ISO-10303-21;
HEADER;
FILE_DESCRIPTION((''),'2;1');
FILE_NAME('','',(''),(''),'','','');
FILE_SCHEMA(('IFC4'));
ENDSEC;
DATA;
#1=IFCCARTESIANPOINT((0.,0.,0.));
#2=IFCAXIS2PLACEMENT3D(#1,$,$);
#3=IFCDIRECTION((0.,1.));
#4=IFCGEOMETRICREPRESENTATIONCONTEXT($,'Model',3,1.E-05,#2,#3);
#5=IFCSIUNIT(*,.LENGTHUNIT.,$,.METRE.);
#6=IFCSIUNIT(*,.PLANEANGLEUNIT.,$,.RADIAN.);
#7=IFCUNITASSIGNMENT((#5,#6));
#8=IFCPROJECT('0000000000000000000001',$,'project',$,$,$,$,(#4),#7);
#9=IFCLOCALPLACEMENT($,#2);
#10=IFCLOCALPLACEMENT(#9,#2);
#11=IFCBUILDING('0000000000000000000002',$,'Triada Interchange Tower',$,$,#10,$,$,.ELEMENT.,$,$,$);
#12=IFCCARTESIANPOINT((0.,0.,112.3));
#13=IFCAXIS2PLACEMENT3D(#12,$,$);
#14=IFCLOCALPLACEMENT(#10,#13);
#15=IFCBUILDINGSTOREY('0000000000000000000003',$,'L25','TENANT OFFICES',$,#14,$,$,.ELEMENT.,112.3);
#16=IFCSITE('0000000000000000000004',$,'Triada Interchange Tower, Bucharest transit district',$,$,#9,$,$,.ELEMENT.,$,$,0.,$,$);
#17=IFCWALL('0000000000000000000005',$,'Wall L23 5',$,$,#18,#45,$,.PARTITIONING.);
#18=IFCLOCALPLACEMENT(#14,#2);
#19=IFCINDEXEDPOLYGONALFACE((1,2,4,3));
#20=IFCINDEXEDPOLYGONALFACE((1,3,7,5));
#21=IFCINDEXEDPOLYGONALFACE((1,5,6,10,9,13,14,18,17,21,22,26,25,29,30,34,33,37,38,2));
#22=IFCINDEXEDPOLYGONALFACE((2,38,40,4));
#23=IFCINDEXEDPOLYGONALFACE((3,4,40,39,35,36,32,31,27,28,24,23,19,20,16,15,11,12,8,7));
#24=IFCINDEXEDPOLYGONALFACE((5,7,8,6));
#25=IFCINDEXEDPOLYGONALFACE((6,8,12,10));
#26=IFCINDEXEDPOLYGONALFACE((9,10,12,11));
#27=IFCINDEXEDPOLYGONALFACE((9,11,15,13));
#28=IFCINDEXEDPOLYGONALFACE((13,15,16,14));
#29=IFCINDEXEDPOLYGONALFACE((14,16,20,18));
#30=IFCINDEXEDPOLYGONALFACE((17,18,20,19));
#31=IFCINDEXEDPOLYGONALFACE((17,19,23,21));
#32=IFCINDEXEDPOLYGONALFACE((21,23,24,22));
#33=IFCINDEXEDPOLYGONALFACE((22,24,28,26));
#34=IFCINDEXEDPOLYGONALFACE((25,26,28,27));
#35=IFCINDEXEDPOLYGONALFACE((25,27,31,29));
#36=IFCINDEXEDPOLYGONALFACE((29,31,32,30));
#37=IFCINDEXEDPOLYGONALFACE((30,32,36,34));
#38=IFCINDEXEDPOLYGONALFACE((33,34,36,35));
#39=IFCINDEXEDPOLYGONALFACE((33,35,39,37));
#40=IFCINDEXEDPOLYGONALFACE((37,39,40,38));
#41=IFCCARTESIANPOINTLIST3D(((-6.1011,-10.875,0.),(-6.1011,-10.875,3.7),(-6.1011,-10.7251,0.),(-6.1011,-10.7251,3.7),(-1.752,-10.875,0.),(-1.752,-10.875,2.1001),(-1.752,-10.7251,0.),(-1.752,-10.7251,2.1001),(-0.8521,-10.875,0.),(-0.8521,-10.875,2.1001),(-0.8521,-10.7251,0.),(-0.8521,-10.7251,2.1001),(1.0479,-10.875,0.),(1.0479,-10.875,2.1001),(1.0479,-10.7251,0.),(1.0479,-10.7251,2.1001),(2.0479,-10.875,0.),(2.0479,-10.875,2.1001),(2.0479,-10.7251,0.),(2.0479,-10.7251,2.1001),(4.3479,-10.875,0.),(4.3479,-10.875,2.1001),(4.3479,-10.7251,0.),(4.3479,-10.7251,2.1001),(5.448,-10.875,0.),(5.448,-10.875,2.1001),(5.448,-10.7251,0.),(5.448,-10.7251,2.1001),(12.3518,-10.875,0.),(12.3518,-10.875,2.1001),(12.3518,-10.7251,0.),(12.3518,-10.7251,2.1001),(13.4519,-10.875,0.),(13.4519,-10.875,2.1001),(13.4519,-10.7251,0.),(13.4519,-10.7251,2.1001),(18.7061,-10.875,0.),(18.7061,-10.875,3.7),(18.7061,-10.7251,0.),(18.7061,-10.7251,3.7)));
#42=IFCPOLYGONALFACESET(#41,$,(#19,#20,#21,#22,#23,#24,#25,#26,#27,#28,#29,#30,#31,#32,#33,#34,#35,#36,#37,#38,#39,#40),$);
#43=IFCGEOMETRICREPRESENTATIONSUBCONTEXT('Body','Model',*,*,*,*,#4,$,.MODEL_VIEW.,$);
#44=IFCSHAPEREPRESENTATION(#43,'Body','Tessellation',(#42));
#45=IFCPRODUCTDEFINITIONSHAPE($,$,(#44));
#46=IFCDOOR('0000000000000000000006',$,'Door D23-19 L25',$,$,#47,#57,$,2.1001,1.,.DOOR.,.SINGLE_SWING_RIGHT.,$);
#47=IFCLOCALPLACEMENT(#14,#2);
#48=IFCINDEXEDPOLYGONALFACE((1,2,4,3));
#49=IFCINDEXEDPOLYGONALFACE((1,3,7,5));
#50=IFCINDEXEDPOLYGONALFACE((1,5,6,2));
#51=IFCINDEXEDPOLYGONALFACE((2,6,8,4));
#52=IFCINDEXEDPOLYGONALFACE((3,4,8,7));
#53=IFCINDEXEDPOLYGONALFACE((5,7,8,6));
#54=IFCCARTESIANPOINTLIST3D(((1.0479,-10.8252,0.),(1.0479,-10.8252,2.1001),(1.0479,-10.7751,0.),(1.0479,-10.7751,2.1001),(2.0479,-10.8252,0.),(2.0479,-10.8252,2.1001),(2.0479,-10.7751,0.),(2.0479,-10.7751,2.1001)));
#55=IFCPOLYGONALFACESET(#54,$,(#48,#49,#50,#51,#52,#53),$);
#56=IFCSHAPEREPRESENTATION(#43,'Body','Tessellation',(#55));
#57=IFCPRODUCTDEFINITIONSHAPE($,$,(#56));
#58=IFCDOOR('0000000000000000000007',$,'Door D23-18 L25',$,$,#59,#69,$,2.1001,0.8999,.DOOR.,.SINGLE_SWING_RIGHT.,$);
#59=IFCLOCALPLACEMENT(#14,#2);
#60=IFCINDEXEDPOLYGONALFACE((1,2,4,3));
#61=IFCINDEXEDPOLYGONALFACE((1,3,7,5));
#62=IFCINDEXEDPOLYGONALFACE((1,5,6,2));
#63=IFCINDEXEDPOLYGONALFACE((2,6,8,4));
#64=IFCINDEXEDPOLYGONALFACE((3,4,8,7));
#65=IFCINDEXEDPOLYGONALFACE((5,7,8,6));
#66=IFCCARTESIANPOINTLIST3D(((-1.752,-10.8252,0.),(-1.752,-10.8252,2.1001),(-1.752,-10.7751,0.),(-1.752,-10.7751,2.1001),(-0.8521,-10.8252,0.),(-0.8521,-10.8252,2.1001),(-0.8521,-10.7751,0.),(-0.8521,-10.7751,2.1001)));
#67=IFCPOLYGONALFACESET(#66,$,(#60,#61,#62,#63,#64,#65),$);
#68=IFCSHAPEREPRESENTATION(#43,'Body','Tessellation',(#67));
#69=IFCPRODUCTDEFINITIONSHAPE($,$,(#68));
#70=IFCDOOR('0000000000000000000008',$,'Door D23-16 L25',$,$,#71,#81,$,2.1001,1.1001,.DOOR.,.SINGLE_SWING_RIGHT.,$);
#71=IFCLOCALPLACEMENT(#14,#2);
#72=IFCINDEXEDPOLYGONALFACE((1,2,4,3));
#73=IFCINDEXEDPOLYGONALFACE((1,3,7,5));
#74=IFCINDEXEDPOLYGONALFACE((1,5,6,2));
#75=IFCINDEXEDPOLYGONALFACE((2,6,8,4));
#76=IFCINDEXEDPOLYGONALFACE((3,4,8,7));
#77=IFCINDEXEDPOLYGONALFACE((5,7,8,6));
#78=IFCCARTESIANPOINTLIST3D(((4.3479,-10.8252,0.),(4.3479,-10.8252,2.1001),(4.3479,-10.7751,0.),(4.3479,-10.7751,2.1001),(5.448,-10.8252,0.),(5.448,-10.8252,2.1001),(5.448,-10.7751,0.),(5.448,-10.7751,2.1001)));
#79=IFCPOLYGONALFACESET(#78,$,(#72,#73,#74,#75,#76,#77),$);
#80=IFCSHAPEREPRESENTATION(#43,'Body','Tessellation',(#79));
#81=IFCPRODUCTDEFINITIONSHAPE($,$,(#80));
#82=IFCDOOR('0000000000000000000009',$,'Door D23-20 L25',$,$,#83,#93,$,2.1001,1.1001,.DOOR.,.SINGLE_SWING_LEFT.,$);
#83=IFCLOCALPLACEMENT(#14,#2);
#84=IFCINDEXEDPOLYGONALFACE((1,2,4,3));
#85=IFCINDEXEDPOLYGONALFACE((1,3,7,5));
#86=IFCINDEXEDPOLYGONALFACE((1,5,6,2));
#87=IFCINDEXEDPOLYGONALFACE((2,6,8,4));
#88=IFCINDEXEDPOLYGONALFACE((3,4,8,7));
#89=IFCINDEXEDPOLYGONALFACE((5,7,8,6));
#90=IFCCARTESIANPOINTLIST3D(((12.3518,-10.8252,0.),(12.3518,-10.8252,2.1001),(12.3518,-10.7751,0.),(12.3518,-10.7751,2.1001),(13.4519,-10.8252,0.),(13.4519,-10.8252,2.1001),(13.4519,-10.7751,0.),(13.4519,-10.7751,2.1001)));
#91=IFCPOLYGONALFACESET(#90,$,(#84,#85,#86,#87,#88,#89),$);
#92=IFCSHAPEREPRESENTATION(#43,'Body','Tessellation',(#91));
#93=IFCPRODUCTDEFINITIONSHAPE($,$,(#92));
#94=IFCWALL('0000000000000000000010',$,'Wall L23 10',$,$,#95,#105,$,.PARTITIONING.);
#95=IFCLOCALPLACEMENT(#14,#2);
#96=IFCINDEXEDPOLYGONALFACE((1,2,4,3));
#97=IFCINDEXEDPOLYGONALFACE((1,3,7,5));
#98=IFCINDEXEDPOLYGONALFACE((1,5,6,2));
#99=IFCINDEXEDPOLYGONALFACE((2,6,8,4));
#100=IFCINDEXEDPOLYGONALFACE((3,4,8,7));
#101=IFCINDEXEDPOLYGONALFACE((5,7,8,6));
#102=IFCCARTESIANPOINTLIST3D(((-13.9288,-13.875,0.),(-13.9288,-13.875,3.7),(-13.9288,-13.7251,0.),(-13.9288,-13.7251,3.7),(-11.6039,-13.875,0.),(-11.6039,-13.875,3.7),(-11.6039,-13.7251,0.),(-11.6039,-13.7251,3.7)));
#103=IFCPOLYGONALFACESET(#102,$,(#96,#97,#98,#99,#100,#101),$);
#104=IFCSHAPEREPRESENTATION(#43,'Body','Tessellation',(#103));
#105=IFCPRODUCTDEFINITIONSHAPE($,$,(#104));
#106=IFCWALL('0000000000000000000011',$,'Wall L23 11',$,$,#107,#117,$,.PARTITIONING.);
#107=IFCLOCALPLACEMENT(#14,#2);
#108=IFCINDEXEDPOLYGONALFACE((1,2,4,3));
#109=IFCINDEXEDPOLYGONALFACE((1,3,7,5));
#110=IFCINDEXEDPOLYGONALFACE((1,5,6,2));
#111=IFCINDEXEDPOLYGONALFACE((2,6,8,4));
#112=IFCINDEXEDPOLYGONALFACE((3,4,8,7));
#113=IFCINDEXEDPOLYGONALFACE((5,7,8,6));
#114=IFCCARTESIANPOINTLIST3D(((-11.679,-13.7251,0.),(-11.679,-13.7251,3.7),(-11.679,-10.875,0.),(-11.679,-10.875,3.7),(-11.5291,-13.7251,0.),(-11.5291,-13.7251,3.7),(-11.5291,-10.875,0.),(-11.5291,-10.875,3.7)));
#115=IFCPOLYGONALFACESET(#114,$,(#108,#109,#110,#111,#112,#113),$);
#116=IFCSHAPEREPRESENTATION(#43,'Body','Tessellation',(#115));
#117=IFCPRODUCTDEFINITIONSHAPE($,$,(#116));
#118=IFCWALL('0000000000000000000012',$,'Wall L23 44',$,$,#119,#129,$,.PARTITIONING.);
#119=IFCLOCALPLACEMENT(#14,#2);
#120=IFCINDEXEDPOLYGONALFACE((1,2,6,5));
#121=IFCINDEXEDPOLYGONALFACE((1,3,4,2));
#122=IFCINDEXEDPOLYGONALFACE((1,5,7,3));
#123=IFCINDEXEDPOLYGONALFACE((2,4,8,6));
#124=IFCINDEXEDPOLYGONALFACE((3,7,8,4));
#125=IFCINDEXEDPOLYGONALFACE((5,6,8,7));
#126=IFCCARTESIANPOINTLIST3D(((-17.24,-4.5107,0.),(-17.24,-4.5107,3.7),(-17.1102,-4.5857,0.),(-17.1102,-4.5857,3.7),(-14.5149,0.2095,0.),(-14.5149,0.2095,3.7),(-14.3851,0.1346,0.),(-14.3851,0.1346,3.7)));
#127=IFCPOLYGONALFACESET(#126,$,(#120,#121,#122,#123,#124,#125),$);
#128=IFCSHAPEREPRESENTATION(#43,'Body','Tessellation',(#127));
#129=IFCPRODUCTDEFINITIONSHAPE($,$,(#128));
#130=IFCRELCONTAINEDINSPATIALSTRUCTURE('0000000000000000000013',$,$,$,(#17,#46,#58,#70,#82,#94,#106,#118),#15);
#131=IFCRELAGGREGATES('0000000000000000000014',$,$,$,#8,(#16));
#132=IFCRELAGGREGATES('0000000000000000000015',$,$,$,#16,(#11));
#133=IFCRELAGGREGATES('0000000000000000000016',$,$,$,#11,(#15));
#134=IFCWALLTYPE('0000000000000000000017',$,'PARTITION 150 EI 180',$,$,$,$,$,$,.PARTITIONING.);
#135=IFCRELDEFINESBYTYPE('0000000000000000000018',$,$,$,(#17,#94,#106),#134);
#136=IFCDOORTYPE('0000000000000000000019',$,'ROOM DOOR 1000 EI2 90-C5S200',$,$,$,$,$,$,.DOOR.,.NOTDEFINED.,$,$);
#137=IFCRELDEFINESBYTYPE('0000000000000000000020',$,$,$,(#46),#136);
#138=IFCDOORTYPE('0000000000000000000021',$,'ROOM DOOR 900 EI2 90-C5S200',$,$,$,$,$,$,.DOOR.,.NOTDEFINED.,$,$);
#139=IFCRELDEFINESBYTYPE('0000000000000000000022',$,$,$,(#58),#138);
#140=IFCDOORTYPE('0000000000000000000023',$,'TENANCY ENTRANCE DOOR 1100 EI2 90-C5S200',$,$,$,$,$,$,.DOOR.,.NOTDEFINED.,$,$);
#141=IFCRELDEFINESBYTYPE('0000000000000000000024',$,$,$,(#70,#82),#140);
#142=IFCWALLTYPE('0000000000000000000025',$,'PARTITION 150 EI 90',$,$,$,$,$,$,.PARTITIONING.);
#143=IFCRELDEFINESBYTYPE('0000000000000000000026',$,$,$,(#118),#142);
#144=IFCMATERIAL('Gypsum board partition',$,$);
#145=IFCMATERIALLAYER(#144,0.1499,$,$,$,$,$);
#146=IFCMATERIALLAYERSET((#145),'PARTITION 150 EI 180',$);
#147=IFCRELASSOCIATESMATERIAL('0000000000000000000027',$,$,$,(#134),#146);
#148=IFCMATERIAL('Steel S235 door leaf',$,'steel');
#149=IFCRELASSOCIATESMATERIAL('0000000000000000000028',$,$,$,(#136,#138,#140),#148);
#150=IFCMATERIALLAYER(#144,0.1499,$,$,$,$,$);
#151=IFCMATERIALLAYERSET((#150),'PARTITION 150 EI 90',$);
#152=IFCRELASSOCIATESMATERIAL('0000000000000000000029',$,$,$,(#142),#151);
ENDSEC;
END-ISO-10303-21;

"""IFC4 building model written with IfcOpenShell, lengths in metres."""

from ifc_helpers import new_model, si_unit, direction, frame, frame_2d, origin, place, context, subcontext, project, spatial, rectangle, extrude, material, layer, layer_set, type_object, element, fill, save


model = new_model("IFC4")

# Units and contexts
model_context = context("Model", 3, precision=1e-05, world=origin(), true_north=direction((0.0, 1.0)))
body_context = subcontext(model_context, "Body", "Model", "MODEL_VIEW")
ifc_project = project(units=[si_unit("LENGTHUNIT", "METRE"), si_unit("PLANEANGLEUNIT", "RADIAN")], contexts=[model_context])

# Site, building, storey
site_placement = place(None, origin())
site = spatial("IfcSite", under=ifc_project, at=site_placement, Name="Triada Interchange Tower, Bucharest transit district", CompositionType="ELEMENT", RefElevation=0.0)
building_placement = place(site_placement, origin())
building = spatial("IfcBuilding", under=site, at=building_placement, Name="Triada Interchange Tower", CompositionType="ELEMENT")
storey_placement = place(building_placement, frame((0.0, 0.0, 112.3)))
storey = spatial("IfcBuildingStorey", under=building, at=storey_placement, Name="L25", Description="TENANT OFFICES", CompositionType="ELEMENT", Elevation=112.3)

# Shared definitions
ifc_material_1 = material(Name="Steel S235 door leaf", Category="steel")

# Wall, openings, doors
ifc_material_2 = material(Name="Gypsum board partition")
ifc_layer_1 = layer(ifc_material_2, 0.1499)
ifc_layer_set_1 = layer_set([ifc_layer_1], Name="PARTITION 150 EI 180")
wall_type_1 = type_object("IfcWallType", Name="PARTITION 150 EI 180", PredefinedType="PARTITIONING", material=ifc_layer_set_1)
wall_1_placement = place(storey_placement, frame((-6.1011, -10.8, 0.0), z_axis=(0.0, 0.0, 1.0), x_axis=(1.0, 0.0, 0.0)))
wall_1 = element("IfcWall", 1, at=wall_1_placement, inside=storey, type_object=wall_type_1, Name="Wall L23 5", PredefinedType="PARTITIONING", context=body_context, shape_type="SweptSolid", body=[
    extrude(rectangle(XDim=24.8071, YDim=0.1499, at=frame_2d((12.4036, 0.0))), origin(), (0.0, 0.0, 1.0), 3.7),
])
opening_1_placement = place(wall_1_placement, frame((10.449, 0.0, 0.0)))
opening_1 = element("IfcOpeningElement", 2, at=opening_1_placement, cuts=wall_1, PredefinedType="OPENING", context=body_context, shape_type="SweptSolid", body=[
    extrude(rectangle(XDim=1.1001, YDim=2.1001, at=frame_2d((0.55, 1.05))), frame((0.0, 0.085, 0.0), z_axis=(0.0, -1.0, 0.0), x_axis=(1.0, 0.0, 0.0)), (0.0, 0.0, 1.0), 0.1699),
])
opening_2_placement = place(wall_1_placement, frame((4.3491, 0.0, 0.0)))
opening_2 = element("IfcOpeningElement", 3, at=opening_2_placement, cuts=wall_1, PredefinedType="OPENING", context=body_context, shape_type="SweptSolid", body=[
    extrude(rectangle(XDim=0.8999, YDim=2.1001, at=frame_2d((0.45, 1.05))), frame((0.0, 0.085, 0.0), z_axis=(0.0, -1.0, 0.0), x_axis=(1.0, 0.0, 0.0)), (0.0, 0.0, 1.0), 0.1699),
])
opening_3_placement = place(wall_1_placement, frame((7.1489, 0.0, 0.0)))
opening_3 = element("IfcOpeningElement", 4, at=opening_3_placement, cuts=wall_1, PredefinedType="OPENING", context=body_context, shape_type="SweptSolid", body=[
    extrude(rectangle(XDim=1.0, YDim=2.1001, at=frame_2d((0.5, 1.05))), frame((0.0, 0.085, 0.0), z_axis=(0.0, -1.0, 0.0), x_axis=(1.0, 0.0, 0.0)), (0.0, 0.0, 1.0), 0.1699),
])
opening_4_placement = place(wall_1_placement, frame((18.4529, 0.0, 0.0)))
opening_4 = element("IfcOpeningElement", 5, at=opening_4_placement, cuts=wall_1, PredefinedType="OPENING", context=body_context, shape_type="SweptSolid", body=[
    extrude(rectangle(XDim=1.1001, YDim=2.1001, at=frame_2d((0.55, 1.05))), frame((0.0, 0.085, 0.0), z_axis=(0.0, -1.0, 0.0), x_axis=(1.0, 0.0, 0.0)), (0.0, 0.0, 1.0), 0.1699),
])
door_type_1 = type_object("IfcDoorType", Name="ROOM DOOR 1000 EI2 90-C5S200", OperationType="NOTDEFINED", PredefinedType="DOOR", material=ifc_material_1)
door_1_placement = place(opening_3_placement, origin())
door_1 = element("IfcDoor", 6, at=door_1_placement, inside=storey, type_object=door_type_1, Name="Door D23-19 L25", OperationType="SINGLE_SWING_RIGHT", OverallHeight=2.1001, OverallWidth=1.0, PredefinedType="DOOR", context=body_context, shape_type="SweptSolid", body=[
    extrude(rectangle(XDim=1.0, YDim=2.1001, at=frame_2d((0.5, 1.05))), frame((0.0, 0.0249, 0.0), z_axis=(0.0, -1.0, 0.0), x_axis=(1.0, 0.0, 0.0)), (0.0, 0.0, 1.0), 0.05),
])
fill(opening_3, door_1)
door_type_2 = type_object("IfcDoorType", Name="ROOM DOOR 900 EI2 90-C5S200", OperationType="NOTDEFINED", PredefinedType="DOOR", material=ifc_material_1)
door_2_placement = place(opening_2_placement, origin())
door_2 = element("IfcDoor", 7, at=door_2_placement, inside=storey, type_object=door_type_2, Name="Door D23-18 L25", OperationType="SINGLE_SWING_RIGHT", OverallHeight=2.1001, OverallWidth=0.8999, PredefinedType="DOOR", context=body_context, shape_type="SweptSolid", body=[
    extrude(rectangle(XDim=0.8999, YDim=2.1001, at=frame_2d((0.45, 1.05))), frame((0.0, 0.0249, 0.0), z_axis=(0.0, -1.0, 0.0), x_axis=(1.0, 0.0, 0.0)), (0.0, 0.0, 1.0), 0.05),
])
fill(opening_2, door_2)
door_type_3 = type_object("IfcDoorType", Name="TENANCY ENTRANCE DOOR 1100 EI2 90-C5S200", OperationType="NOTDEFINED", PredefinedType="DOOR", material=ifc_material_1)
door_3_placement = place(opening_1_placement, origin())
door_3 = element("IfcDoor", 8, at=door_3_placement, inside=storey, type_object=door_type_3, Name="Door D23-16 L25", OperationType="SINGLE_SWING_RIGHT", OverallHeight=2.1001, OverallWidth=1.1001, PredefinedType="DOOR", context=body_context, shape_type="SweptSolid", body=[
    extrude(rectangle(XDim=1.1001, YDim=2.1001, at=frame_2d((0.55, 1.05))), frame((0.0, 0.0249, 0.0), z_axis=(0.0, -1.0, 0.0), x_axis=(1.0, 0.0, 0.0)), (0.0, 0.0, 1.0), 0.05),
])
fill(opening_1, door_3)
door_4_placement = place(opening_4_placement, origin())
door_4 = element("IfcDoor", 9, at=door_4_placement, inside=storey, type_object=door_type_3, Name="Door D23-20 L25", OperationType="SINGLE_SWING_LEFT", OverallHeight=2.1001, OverallWidth=1.1001, PredefinedType="DOOR", context=body_context, shape_type="SweptSolid", body=[
    extrude(rectangle(XDim=1.1001, YDim=2.1001, at=frame_2d((0.55, 1.05))), frame((0.0, 0.0249, 0.0), z_axis=(0.0, -1.0, 0.0), x_axis=(1.0, 0.0, 0.0)), (0.0, 0.0, 1.0), 0.05),
])
fill(opening_4, door_4)

# Walls
wall_2_placement = place(storey_placement, frame((-13.929, -13.8, 0.0), z_axis=(0.0, 0.0, 1.0), x_axis=(1.0, 0.0, 0.0)))
element("IfcWall", 10, at=wall_2_placement, inside=storey, type_object=wall_type_1, Name="Wall L23 10", PredefinedType="PARTITIONING", context=body_context, shape_type="SweptSolid", body=[
    extrude(rectangle(XDim=2.325, YDim=0.1499, at=frame_2d((1.1626, 0.0))), origin(), (0.0, 0.0, 1.0), 3.7),
])
wall_3_placement = place(storey_placement, frame((-11.604, -13.7251, 0.0), z_axis=(0.0, 0.0, 1.0), x_axis=(0.0, 1.0, 0.0)))
element("IfcWall", 11, at=wall_3_placement, inside=storey, type_object=wall_type_1, Name="Wall L23 11", PredefinedType="PARTITIONING", context=body_context, shape_type="SweptSolid", body=[
    extrude(rectangle(XDim=2.8501, YDim=0.1499, at=frame_2d((1.425, 0.0))), origin(), (0.0, 0.0, 1.0), 3.7),
])
ifc_layer_2 = layer(ifc_material_2, 0.1499)
ifc_layer_set_2 = layer_set([ifc_layer_2], Name="PARTITION 150 EI 90")
wall_type_2 = type_object("IfcWallType", Name="PARTITION 150 EI 90", PredefinedType="PARTITIONING", material=ifc_layer_set_2)
wall_4_placement = place(storey_placement, frame((-17.175, -4.5481, 0.0), z_axis=(0.0, 0.0, 1.0), x_axis=(0.499984, 0.866035, 0.0)))
element("IfcWall", 12, at=wall_4_placement, inside=storey, type_object=wall_type_2, Name="Wall L23 44", PredefinedType="PARTITIONING", context=body_context, shape_type="SweptSolid", body=[
    extrude(rectangle(XDim=5.4504, YDim=0.1499, at=frame_2d((2.7251, 0.0))), origin(), (0.0, 0.0, 1.0), 3.7),
])

save(model, "model.ifc")
